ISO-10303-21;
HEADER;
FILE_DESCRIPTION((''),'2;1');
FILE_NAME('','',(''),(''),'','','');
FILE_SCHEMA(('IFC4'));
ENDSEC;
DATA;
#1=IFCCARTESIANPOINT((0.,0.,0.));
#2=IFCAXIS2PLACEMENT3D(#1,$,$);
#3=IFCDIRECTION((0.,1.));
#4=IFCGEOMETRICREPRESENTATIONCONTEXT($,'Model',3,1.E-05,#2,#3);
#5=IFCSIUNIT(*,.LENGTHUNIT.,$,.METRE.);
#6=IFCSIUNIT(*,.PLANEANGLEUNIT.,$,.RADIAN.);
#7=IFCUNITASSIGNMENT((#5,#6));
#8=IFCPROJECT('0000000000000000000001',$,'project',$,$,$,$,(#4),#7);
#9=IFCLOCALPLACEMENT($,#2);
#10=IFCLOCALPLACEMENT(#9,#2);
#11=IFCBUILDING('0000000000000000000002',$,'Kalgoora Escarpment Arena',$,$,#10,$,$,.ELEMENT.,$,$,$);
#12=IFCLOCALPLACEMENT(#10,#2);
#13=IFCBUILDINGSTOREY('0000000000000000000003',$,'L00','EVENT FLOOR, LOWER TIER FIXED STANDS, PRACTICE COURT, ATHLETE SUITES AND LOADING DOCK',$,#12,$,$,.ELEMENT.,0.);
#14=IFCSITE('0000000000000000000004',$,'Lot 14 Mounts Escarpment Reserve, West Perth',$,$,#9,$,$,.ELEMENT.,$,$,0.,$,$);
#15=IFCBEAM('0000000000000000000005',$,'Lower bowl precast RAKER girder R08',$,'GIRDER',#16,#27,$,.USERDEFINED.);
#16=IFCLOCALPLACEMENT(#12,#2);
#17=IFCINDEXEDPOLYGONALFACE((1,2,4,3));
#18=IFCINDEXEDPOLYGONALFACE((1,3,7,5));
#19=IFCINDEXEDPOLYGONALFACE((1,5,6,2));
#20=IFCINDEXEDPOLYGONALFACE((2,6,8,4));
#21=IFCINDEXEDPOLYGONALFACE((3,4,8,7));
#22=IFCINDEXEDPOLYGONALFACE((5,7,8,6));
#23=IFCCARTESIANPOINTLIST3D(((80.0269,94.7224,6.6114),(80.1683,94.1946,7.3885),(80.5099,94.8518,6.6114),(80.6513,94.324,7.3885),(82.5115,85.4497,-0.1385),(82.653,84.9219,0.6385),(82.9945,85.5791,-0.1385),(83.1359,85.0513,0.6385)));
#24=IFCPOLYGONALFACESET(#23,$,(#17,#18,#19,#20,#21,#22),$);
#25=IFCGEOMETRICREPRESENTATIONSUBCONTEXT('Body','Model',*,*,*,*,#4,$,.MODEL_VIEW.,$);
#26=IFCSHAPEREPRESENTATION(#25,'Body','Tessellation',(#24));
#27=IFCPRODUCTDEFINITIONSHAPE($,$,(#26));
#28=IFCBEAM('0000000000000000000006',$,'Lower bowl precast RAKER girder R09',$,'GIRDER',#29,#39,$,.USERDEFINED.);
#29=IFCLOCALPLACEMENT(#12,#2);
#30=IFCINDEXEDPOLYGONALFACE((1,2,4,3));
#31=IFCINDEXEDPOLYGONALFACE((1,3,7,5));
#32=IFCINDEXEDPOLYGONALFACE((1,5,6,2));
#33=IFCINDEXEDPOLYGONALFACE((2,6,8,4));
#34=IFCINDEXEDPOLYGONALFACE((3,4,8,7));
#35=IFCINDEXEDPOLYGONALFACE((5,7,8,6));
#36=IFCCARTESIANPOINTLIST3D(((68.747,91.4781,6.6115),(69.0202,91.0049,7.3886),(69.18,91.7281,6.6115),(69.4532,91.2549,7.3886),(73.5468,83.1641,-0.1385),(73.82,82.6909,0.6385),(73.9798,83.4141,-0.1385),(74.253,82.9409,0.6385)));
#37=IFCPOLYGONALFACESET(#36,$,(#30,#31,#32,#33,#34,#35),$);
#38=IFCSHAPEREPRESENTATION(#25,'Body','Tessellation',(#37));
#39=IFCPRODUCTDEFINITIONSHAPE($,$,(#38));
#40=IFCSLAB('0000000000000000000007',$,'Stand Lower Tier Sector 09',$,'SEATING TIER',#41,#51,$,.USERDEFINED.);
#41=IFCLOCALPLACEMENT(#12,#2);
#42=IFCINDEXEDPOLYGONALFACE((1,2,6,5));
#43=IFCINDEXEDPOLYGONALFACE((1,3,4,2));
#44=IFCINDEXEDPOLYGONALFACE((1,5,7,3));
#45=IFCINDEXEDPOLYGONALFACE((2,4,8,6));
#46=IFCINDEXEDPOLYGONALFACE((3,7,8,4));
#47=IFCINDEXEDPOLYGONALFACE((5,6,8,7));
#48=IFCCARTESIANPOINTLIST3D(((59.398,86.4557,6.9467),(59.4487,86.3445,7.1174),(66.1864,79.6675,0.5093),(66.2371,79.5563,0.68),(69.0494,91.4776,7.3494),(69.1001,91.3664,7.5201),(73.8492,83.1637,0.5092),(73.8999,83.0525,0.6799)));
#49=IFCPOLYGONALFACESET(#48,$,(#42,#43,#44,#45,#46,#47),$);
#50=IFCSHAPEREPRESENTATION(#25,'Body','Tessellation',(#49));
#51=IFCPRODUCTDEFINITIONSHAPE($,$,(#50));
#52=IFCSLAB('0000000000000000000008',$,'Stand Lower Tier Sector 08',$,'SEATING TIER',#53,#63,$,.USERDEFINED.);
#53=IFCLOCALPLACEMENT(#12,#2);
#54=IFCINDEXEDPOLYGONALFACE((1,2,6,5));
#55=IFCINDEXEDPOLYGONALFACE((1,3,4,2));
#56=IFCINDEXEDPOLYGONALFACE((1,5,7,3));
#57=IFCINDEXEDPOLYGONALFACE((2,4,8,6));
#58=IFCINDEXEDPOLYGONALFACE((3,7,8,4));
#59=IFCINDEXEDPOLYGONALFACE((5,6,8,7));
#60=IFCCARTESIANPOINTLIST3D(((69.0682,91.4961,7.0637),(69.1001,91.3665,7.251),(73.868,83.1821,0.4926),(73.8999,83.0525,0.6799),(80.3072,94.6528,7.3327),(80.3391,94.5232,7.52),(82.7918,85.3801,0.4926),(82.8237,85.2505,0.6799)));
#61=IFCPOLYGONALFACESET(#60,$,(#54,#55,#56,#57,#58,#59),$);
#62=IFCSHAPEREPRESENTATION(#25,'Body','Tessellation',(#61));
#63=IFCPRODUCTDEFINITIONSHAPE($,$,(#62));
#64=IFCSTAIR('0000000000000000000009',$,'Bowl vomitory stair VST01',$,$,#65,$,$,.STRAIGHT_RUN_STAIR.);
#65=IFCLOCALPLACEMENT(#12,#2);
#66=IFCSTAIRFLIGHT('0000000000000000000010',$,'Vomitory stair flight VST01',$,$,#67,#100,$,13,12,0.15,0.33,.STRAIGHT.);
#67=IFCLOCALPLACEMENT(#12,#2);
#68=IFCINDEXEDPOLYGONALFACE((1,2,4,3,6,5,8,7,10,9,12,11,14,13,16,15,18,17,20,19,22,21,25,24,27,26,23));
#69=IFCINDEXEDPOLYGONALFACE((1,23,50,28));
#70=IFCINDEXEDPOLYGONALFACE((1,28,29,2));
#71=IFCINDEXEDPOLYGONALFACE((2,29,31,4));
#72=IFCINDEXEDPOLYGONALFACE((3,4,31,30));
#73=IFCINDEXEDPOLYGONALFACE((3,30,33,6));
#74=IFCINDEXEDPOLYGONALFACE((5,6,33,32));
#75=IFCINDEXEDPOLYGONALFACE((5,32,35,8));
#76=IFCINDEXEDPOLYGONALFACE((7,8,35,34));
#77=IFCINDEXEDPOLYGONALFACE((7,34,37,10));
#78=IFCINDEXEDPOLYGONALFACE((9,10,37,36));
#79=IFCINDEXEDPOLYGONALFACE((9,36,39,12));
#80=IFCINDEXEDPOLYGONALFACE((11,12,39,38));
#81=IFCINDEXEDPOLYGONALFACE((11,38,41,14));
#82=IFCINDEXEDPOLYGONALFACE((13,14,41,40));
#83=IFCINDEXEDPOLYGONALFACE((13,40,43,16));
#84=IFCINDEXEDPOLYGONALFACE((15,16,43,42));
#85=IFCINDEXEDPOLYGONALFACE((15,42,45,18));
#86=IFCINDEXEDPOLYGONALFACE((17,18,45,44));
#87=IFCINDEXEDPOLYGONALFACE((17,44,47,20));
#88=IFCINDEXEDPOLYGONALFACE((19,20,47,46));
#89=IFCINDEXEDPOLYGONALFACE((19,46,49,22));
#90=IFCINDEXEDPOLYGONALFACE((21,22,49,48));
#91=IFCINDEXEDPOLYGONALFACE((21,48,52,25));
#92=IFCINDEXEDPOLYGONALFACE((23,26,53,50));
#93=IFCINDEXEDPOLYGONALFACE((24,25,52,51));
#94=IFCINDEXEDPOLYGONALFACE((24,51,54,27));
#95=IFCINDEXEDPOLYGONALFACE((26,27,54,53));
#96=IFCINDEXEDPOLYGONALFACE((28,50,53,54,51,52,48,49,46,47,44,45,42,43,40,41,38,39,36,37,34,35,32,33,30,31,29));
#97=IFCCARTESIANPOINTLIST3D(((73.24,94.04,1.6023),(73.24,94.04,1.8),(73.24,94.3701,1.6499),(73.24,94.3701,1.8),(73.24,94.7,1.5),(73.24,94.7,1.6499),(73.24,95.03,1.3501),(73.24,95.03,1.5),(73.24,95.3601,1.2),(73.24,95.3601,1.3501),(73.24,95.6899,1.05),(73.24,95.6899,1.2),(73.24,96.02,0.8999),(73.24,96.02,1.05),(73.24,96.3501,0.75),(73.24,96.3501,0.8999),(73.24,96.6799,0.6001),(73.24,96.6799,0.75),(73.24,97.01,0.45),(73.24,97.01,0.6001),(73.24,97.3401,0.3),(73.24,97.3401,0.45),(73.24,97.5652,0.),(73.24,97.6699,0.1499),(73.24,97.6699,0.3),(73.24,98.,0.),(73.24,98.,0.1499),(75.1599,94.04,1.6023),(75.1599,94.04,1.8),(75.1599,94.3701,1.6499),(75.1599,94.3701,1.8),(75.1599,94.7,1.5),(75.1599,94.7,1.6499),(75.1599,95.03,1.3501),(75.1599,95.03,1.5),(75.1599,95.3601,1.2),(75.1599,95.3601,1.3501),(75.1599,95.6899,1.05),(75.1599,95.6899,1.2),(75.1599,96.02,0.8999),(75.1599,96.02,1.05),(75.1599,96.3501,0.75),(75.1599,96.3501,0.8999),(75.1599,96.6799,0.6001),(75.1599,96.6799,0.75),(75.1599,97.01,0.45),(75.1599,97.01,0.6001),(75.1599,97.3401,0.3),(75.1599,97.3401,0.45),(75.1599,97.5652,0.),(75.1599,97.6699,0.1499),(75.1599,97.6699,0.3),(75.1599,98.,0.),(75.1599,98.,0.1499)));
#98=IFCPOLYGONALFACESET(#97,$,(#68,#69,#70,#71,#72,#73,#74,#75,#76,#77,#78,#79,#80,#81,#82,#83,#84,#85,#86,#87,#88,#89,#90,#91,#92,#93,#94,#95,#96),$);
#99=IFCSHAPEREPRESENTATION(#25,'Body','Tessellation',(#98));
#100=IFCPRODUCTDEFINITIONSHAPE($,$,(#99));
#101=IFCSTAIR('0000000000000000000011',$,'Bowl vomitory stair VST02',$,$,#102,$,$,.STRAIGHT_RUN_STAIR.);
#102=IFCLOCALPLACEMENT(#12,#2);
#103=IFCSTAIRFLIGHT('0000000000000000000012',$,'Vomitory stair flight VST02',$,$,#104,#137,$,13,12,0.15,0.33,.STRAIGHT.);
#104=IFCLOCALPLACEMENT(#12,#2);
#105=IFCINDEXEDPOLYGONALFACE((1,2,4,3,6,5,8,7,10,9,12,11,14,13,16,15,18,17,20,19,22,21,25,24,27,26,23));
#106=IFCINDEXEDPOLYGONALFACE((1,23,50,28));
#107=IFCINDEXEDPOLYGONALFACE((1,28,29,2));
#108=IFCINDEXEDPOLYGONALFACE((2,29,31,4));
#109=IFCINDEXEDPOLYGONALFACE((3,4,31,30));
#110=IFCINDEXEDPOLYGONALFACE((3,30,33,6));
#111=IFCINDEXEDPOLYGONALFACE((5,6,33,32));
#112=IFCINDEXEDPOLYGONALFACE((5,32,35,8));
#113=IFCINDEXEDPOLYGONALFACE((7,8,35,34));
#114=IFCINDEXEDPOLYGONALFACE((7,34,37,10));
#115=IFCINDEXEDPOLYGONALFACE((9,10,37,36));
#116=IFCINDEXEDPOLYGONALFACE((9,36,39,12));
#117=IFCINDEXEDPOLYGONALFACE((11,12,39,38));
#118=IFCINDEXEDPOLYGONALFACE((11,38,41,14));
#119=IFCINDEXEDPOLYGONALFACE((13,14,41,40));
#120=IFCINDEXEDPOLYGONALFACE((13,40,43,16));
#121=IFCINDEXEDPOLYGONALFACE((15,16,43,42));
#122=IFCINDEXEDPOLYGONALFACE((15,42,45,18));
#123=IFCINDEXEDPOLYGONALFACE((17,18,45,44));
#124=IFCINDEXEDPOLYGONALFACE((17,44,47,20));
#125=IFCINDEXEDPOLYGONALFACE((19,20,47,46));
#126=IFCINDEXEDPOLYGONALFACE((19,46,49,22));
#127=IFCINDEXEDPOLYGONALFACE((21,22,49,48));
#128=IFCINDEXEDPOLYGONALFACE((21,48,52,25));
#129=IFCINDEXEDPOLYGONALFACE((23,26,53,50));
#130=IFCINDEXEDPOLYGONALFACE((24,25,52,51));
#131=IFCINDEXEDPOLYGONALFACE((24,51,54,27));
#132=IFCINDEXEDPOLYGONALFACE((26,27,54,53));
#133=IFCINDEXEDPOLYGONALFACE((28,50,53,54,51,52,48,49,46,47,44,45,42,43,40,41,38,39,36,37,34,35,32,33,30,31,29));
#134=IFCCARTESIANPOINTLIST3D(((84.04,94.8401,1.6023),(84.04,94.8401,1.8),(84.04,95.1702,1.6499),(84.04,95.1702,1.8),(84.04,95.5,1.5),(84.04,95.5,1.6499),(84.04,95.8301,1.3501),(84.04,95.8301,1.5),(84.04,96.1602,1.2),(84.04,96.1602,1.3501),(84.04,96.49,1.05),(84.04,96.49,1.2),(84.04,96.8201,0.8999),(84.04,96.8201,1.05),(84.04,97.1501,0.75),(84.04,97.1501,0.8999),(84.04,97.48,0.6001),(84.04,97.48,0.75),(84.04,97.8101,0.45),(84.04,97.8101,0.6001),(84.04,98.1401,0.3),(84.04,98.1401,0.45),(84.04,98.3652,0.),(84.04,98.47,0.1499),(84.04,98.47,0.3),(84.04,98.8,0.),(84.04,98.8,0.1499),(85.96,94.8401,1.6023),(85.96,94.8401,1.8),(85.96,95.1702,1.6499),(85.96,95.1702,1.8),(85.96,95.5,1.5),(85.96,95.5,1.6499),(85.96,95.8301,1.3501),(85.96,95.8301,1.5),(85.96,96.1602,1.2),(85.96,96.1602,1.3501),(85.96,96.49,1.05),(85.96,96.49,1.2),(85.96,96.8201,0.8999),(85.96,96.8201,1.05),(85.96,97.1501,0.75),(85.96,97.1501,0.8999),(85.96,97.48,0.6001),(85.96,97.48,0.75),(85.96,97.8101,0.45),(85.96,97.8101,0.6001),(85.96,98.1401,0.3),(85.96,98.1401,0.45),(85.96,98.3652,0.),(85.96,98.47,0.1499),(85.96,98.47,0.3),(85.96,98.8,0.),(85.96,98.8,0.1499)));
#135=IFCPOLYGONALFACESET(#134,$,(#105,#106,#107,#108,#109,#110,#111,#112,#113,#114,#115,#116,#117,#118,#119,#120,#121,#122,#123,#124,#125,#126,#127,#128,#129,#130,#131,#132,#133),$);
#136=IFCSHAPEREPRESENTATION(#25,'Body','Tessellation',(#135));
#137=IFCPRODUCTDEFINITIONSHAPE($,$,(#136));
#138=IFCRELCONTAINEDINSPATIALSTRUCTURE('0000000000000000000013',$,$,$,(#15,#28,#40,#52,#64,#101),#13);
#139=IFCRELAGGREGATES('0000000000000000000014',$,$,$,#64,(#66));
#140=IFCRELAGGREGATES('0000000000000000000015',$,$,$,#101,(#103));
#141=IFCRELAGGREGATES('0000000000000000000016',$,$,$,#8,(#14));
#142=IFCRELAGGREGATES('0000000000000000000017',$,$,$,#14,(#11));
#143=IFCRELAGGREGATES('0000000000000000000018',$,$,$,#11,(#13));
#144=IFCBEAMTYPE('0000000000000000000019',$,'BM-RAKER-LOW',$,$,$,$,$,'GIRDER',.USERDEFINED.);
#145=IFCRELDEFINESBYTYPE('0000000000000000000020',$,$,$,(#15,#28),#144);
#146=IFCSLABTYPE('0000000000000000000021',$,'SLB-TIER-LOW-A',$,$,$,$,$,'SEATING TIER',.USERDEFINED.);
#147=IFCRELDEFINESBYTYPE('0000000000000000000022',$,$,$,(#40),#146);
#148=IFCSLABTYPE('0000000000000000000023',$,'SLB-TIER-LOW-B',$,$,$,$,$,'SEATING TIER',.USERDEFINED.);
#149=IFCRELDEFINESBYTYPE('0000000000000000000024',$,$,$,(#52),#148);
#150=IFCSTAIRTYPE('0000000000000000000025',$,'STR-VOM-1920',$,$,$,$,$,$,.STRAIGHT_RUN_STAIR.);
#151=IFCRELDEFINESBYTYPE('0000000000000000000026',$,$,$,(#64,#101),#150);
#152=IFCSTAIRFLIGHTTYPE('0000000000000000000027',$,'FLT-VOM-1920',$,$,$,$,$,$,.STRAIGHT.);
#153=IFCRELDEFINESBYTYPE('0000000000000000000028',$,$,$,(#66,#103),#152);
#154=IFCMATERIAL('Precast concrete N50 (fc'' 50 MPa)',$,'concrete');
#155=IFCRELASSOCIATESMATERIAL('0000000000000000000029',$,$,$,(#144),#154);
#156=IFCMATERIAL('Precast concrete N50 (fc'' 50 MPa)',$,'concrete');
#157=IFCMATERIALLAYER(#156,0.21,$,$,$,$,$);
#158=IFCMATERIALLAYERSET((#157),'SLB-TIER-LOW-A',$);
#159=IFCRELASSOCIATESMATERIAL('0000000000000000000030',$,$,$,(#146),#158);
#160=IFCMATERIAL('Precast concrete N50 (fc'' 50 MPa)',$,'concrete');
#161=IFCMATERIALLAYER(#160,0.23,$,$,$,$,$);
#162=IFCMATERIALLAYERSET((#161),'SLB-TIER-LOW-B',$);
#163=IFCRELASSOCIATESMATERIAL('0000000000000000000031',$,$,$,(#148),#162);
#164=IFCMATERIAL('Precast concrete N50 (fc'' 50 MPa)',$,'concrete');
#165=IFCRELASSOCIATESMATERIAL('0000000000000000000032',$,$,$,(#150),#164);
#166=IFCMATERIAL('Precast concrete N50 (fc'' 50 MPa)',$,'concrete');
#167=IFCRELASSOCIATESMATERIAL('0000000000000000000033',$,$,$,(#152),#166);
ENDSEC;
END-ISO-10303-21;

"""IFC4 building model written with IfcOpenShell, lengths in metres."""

from ifc_helpers import new_model, si_unit, direction, frame, origin, origin_2d, place, context, subcontext, project, spatial, polyline, rectangle, outline, extrude, material, layer, layer_set, material_profile, profile_set, type_object, element, aggregate, save


model = new_model("IFC4")

# Units and contexts
model_context = context("Model", 3, precision=1e-05, world=origin(), true_north=direction((0.0, 1.0)))
body_context = subcontext(model_context, "Body", "Model", "MODEL_VIEW")
ifc_project = project(units=[si_unit("LENGTHUNIT", "METRE"), si_unit("PLANEANGLEUNIT", "RADIAN")], contexts=[model_context])

# Site, building, storey
site_placement = place(None, origin())
site = spatial("IfcSite", under=ifc_project, at=site_placement, Name="Lot 14 Mounts Escarpment Reserve, West Perth", CompositionType="ELEMENT", RefElevation=0.0)
building_placement = place(site_placement, origin())
building = spatial("IfcBuilding", under=site, at=building_placement, Name="Kalgoora Escarpment Arena", CompositionType="ELEMENT")
storey_placement = place(building_placement, origin())
storey = spatial("IfcBuildingStorey", under=building, at=storey_placement, Name="L00", Description="EVENT FLOOR, LOWER TIER FIXED STANDS, PRACTICE COURT, ATHLETE SUITES AND LOADING DOCK", CompositionType="ELEMENT", Elevation=0.0)

# Beams
ifc_material_1 = material(Name="Precast concrete N50 (fc' 50 MPa)", Category="concrete")
ifc_material_profile_1 = material_profile(ifc_material_1, rectangle(XDim=0.5, YDim=0.95, at=origin_2d()))
ifc_profile_set_1 = profile_set([ifc_material_profile_1], Name="Precast concrete N50 (fc' 50 MPa)")
beam_type_1 = type_object("IfcBeamType", Name="BM-RAKER-LOW", ElementType="GIRDER", PredefinedType="USERDEFINED", material=ifc_profile_set_1)
beam_1_placement = place(storey_placement, frame((82.8237, 85.2505, 0.25), z_axis=(-0.211721, 0.79015, 0.575184), x_axis=(-0.965926, -0.25882, 0.0)))
element("IfcBeam", 1, at=beam_1_placement, inside=storey, type_object=beam_type_1, Name="Lower bowl precast RAKER girder R08", ObjectType="GIRDER", PredefinedType="USERDEFINED", context=body_context, shape_type="SweptSolid", body=[
    extrude(rectangle(XDim=0.5, YDim=0.95, at=origin_2d()), origin(), (0.0, 0.0, 1.0), 11.7354),
])
beam_2_placement = place(storey_placement, frame((73.8999, 83.0525, 0.25), z_axis=(-0.408998, 0.708444, 0.575176), x_axis=(-0.866037, -0.499979, 0.0)))
element("IfcBeam", 2, at=beam_2_placement, inside=storey, type_object=beam_type_1, Name="Lower bowl precast RAKER girder R09", ObjectType="GIRDER", PredefinedType="USERDEFINED", context=body_context, shape_type="SweptSolid", body=[
    extrude(rectangle(XDim=0.5, YDim=0.95, at=origin_2d()), origin(), (0.0, 0.0, 1.0), 11.7356),
])

# Slabs
ifc_material_2 = material(Name="Precast concrete N50 (fc' 50 MPa)", Category="concrete")
ifc_layer_1 = layer(ifc_material_2, 0.21)
ifc_layer_set_1 = layer_set([ifc_layer_1], Name="SLB-TIER-LOW-A")
slab_type_1 = type_object("IfcSlabType", Name="SLB-TIER-LOW-A", ElementType="SEATING TIER", PredefinedType="USERDEFINED", material=ifc_layer_set_1)
slab_1_placement = place(storey_placement, frame((73.8999, 83.0525, 0.6799), z_axis=(0.241606, -0.529531, 0.813157), x_axis=(-0.909782, -0.415086, 0.000009)))
element("IfcSlab", 3, at=slab_1_placement, inside=storey, type_object=slab_type_1, Name="Stand Lower Tier Sector 09", ObjectType="SEATING TIER", PredefinedType="USERDEFINED", context=body_context, shape_type="SweptSolid", body=[
    extrude(outline(polyline([(0.0, 0.0), (8.4227, 0.0), (11.781, -11.06), (0.9158, -11.7519), (0.0, 0.0)])), origin(), (0.0, 0.0, -1.0), 0.21),
])
ifc_material_3 = material(Name="Precast concrete N50 (fc' 50 MPa)", Category="concrete")
ifc_layer_2 = layer(ifc_material_3, 0.23)
ifc_layer_set_2 = layer_set([ifc_layer_2], Name="SLB-TIER-LOW-B")
slab_type_2 = type_object("IfcSlabType", Name="SLB-TIER-LOW-B", ElementType="SEATING TIER", PredefinedType="USERDEFINED", material=ifc_layer_set_2)
slab_2_placement = place(storey_placement, frame((82.8237, 85.2505, 0.6799), z_axis=(0.138791, -0.563522, 0.814359), x_axis=(-0.970982, -0.239154, -0.000007)))
element("IfcSlab", 4, at=slab_2_placement, inside=storey, type_object=slab_type_2, Name="Stand Lower Tier Sector 08", ObjectType="SEATING TIER", PredefinedType="USERDEFINED", context=body_context, shape_type="SweptSolid", body=[
    extrude(outline(polyline([(0.0, 0.0), (9.1905, 0.0), (11.8627, -11.3225), (0.1949, -11.7858), (0.0, 0.0)])), origin(), (0.0, 0.0, -1.0), 0.23),
])

# Stairs, stair flights
ifc_material_4 = material(Name="Precast concrete N50 (fc' 50 MPa)", Category="concrete")
stair_type = type_object("IfcStairType", Name="STR-VOM-1920", PredefinedType="STRAIGHT_RUN_STAIR", material=ifc_material_4)
stair_1_placement = place(storey_placement, origin())
stair_1 = element("IfcStair", 5, at=stair_1_placement, inside=storey, type_object=stair_type, Name="Bowl vomitory stair VST01", PredefinedType="STRAIGHT_RUN_STAIR")
ifc_material_5 = material(Name="Precast concrete N50 (fc' 50 MPa)", Category="concrete")
stair_flight_type = type_object("IfcStairFlightType", Name="FLT-VOM-1920", PredefinedType="STRAIGHT", material=ifc_material_5)
stair_flight_1_placement = place(storey_placement, frame((74.2, 98.0, 0.0), z_axis=(0.0, 0.0, 1.0), x_axis=(0.0, -1.0, 0.0)))
stair_flight_1 = element("IfcStairFlight", 6, at=stair_flight_1_placement, type_object=stair_flight_type, Name="Vomitory stair flight VST01", NumberOfRisers=13, NumberOfTreads=12, PredefinedType="STRAIGHT", RiserHeight=0.15, TreadLength=0.33, context=body_context, shape_type="SweptSolid", body=[
    extrude(outline(polyline([(0.0, 0.0), (0.0, 0.1499), (0.3301, 0.1499), (0.3301, 0.3), (0.6599, 0.3), (0.6599, 0.45), (0.99, 0.45), (0.99, 0.6001), (1.3201, 0.6001), (1.3201, 0.75), (1.6499, 0.75), (1.6499, 0.8999), (1.98, 0.8999), (1.98, 1.05), (2.3101, 1.05), (2.3101, 1.2), (2.6399, 1.2), (2.6399, 1.3501), (2.97, 1.3501), (2.97, 1.5), (3.3, 1.5), (3.3, 1.6499), (3.6299, 1.6499), (3.6299, 1.8), (3.96, 1.8), (3.96, 1.95), (3.96, 1.6023), (0.4348, 0.0), (0.0, 0.0)])), frame((0.0, 0.96, 0.0), z_axis=(0.0, -1.0, 0.0), x_axis=(1.0, 0.0, 0.0)), (0.0, 0.0, 1.0), 1.9199),
])
aggregate(stair_1, [stair_flight_1])
stair_2_placement = place(storey_placement, origin())
stair_2 = element("IfcStair", 7, at=stair_2_placement, inside=storey, type_object=stair_type, Name="Bowl vomitory stair VST02", PredefinedType="STRAIGHT_RUN_STAIR")
stair_flight_2_placement = place(storey_placement, frame((85.0, 98.8, 0.0), z_axis=(0.0, 0.0, 1.0), x_axis=(0.0, -1.0, 0.0)))
stair_flight_2 = element("IfcStairFlight", 8, at=stair_flight_2_placement, type_object=stair_flight_type, Name="Vomitory stair flight VST02", NumberOfRisers=13, NumberOfTreads=12, PredefinedType="STRAIGHT", RiserHeight=0.15, TreadLength=0.33, context=body_context, shape_type="SweptSolid", body=[
    extrude(outline(polyline([(0.0, 0.0), (0.0, 0.1499), (0.3301, 0.1499), (0.3301, 0.3), (0.6599, 0.3), (0.6599, 0.45), (0.99, 0.45), (0.99, 0.6001), (1.3201, 0.6001), (1.3201, 0.75), (1.6499, 0.75), (1.6499, 0.8999), (1.98, 0.8999), (1.98, 1.05), (2.3101, 1.05), (2.3101, 1.2), (2.6399, 1.2), (2.6399, 1.3501), (2.97, 1.3501), (2.97, 1.5), (3.3, 1.5), (3.3, 1.6499), (3.6299, 1.6499), (3.6299, 1.8), (3.96, 1.8), (3.96, 1.95), (3.96, 1.6023), (0.4348, 0.0), (0.0, 0.0)])), frame((0.0, 0.96, 0.0), z_axis=(0.0, -1.0, 0.0), x_axis=(1.0, 0.0, 0.0)), (0.0, 0.0, 1.0), 1.9199),
])
aggregate(stair_2, [stair_flight_2])

save(model, "model.ifc")
